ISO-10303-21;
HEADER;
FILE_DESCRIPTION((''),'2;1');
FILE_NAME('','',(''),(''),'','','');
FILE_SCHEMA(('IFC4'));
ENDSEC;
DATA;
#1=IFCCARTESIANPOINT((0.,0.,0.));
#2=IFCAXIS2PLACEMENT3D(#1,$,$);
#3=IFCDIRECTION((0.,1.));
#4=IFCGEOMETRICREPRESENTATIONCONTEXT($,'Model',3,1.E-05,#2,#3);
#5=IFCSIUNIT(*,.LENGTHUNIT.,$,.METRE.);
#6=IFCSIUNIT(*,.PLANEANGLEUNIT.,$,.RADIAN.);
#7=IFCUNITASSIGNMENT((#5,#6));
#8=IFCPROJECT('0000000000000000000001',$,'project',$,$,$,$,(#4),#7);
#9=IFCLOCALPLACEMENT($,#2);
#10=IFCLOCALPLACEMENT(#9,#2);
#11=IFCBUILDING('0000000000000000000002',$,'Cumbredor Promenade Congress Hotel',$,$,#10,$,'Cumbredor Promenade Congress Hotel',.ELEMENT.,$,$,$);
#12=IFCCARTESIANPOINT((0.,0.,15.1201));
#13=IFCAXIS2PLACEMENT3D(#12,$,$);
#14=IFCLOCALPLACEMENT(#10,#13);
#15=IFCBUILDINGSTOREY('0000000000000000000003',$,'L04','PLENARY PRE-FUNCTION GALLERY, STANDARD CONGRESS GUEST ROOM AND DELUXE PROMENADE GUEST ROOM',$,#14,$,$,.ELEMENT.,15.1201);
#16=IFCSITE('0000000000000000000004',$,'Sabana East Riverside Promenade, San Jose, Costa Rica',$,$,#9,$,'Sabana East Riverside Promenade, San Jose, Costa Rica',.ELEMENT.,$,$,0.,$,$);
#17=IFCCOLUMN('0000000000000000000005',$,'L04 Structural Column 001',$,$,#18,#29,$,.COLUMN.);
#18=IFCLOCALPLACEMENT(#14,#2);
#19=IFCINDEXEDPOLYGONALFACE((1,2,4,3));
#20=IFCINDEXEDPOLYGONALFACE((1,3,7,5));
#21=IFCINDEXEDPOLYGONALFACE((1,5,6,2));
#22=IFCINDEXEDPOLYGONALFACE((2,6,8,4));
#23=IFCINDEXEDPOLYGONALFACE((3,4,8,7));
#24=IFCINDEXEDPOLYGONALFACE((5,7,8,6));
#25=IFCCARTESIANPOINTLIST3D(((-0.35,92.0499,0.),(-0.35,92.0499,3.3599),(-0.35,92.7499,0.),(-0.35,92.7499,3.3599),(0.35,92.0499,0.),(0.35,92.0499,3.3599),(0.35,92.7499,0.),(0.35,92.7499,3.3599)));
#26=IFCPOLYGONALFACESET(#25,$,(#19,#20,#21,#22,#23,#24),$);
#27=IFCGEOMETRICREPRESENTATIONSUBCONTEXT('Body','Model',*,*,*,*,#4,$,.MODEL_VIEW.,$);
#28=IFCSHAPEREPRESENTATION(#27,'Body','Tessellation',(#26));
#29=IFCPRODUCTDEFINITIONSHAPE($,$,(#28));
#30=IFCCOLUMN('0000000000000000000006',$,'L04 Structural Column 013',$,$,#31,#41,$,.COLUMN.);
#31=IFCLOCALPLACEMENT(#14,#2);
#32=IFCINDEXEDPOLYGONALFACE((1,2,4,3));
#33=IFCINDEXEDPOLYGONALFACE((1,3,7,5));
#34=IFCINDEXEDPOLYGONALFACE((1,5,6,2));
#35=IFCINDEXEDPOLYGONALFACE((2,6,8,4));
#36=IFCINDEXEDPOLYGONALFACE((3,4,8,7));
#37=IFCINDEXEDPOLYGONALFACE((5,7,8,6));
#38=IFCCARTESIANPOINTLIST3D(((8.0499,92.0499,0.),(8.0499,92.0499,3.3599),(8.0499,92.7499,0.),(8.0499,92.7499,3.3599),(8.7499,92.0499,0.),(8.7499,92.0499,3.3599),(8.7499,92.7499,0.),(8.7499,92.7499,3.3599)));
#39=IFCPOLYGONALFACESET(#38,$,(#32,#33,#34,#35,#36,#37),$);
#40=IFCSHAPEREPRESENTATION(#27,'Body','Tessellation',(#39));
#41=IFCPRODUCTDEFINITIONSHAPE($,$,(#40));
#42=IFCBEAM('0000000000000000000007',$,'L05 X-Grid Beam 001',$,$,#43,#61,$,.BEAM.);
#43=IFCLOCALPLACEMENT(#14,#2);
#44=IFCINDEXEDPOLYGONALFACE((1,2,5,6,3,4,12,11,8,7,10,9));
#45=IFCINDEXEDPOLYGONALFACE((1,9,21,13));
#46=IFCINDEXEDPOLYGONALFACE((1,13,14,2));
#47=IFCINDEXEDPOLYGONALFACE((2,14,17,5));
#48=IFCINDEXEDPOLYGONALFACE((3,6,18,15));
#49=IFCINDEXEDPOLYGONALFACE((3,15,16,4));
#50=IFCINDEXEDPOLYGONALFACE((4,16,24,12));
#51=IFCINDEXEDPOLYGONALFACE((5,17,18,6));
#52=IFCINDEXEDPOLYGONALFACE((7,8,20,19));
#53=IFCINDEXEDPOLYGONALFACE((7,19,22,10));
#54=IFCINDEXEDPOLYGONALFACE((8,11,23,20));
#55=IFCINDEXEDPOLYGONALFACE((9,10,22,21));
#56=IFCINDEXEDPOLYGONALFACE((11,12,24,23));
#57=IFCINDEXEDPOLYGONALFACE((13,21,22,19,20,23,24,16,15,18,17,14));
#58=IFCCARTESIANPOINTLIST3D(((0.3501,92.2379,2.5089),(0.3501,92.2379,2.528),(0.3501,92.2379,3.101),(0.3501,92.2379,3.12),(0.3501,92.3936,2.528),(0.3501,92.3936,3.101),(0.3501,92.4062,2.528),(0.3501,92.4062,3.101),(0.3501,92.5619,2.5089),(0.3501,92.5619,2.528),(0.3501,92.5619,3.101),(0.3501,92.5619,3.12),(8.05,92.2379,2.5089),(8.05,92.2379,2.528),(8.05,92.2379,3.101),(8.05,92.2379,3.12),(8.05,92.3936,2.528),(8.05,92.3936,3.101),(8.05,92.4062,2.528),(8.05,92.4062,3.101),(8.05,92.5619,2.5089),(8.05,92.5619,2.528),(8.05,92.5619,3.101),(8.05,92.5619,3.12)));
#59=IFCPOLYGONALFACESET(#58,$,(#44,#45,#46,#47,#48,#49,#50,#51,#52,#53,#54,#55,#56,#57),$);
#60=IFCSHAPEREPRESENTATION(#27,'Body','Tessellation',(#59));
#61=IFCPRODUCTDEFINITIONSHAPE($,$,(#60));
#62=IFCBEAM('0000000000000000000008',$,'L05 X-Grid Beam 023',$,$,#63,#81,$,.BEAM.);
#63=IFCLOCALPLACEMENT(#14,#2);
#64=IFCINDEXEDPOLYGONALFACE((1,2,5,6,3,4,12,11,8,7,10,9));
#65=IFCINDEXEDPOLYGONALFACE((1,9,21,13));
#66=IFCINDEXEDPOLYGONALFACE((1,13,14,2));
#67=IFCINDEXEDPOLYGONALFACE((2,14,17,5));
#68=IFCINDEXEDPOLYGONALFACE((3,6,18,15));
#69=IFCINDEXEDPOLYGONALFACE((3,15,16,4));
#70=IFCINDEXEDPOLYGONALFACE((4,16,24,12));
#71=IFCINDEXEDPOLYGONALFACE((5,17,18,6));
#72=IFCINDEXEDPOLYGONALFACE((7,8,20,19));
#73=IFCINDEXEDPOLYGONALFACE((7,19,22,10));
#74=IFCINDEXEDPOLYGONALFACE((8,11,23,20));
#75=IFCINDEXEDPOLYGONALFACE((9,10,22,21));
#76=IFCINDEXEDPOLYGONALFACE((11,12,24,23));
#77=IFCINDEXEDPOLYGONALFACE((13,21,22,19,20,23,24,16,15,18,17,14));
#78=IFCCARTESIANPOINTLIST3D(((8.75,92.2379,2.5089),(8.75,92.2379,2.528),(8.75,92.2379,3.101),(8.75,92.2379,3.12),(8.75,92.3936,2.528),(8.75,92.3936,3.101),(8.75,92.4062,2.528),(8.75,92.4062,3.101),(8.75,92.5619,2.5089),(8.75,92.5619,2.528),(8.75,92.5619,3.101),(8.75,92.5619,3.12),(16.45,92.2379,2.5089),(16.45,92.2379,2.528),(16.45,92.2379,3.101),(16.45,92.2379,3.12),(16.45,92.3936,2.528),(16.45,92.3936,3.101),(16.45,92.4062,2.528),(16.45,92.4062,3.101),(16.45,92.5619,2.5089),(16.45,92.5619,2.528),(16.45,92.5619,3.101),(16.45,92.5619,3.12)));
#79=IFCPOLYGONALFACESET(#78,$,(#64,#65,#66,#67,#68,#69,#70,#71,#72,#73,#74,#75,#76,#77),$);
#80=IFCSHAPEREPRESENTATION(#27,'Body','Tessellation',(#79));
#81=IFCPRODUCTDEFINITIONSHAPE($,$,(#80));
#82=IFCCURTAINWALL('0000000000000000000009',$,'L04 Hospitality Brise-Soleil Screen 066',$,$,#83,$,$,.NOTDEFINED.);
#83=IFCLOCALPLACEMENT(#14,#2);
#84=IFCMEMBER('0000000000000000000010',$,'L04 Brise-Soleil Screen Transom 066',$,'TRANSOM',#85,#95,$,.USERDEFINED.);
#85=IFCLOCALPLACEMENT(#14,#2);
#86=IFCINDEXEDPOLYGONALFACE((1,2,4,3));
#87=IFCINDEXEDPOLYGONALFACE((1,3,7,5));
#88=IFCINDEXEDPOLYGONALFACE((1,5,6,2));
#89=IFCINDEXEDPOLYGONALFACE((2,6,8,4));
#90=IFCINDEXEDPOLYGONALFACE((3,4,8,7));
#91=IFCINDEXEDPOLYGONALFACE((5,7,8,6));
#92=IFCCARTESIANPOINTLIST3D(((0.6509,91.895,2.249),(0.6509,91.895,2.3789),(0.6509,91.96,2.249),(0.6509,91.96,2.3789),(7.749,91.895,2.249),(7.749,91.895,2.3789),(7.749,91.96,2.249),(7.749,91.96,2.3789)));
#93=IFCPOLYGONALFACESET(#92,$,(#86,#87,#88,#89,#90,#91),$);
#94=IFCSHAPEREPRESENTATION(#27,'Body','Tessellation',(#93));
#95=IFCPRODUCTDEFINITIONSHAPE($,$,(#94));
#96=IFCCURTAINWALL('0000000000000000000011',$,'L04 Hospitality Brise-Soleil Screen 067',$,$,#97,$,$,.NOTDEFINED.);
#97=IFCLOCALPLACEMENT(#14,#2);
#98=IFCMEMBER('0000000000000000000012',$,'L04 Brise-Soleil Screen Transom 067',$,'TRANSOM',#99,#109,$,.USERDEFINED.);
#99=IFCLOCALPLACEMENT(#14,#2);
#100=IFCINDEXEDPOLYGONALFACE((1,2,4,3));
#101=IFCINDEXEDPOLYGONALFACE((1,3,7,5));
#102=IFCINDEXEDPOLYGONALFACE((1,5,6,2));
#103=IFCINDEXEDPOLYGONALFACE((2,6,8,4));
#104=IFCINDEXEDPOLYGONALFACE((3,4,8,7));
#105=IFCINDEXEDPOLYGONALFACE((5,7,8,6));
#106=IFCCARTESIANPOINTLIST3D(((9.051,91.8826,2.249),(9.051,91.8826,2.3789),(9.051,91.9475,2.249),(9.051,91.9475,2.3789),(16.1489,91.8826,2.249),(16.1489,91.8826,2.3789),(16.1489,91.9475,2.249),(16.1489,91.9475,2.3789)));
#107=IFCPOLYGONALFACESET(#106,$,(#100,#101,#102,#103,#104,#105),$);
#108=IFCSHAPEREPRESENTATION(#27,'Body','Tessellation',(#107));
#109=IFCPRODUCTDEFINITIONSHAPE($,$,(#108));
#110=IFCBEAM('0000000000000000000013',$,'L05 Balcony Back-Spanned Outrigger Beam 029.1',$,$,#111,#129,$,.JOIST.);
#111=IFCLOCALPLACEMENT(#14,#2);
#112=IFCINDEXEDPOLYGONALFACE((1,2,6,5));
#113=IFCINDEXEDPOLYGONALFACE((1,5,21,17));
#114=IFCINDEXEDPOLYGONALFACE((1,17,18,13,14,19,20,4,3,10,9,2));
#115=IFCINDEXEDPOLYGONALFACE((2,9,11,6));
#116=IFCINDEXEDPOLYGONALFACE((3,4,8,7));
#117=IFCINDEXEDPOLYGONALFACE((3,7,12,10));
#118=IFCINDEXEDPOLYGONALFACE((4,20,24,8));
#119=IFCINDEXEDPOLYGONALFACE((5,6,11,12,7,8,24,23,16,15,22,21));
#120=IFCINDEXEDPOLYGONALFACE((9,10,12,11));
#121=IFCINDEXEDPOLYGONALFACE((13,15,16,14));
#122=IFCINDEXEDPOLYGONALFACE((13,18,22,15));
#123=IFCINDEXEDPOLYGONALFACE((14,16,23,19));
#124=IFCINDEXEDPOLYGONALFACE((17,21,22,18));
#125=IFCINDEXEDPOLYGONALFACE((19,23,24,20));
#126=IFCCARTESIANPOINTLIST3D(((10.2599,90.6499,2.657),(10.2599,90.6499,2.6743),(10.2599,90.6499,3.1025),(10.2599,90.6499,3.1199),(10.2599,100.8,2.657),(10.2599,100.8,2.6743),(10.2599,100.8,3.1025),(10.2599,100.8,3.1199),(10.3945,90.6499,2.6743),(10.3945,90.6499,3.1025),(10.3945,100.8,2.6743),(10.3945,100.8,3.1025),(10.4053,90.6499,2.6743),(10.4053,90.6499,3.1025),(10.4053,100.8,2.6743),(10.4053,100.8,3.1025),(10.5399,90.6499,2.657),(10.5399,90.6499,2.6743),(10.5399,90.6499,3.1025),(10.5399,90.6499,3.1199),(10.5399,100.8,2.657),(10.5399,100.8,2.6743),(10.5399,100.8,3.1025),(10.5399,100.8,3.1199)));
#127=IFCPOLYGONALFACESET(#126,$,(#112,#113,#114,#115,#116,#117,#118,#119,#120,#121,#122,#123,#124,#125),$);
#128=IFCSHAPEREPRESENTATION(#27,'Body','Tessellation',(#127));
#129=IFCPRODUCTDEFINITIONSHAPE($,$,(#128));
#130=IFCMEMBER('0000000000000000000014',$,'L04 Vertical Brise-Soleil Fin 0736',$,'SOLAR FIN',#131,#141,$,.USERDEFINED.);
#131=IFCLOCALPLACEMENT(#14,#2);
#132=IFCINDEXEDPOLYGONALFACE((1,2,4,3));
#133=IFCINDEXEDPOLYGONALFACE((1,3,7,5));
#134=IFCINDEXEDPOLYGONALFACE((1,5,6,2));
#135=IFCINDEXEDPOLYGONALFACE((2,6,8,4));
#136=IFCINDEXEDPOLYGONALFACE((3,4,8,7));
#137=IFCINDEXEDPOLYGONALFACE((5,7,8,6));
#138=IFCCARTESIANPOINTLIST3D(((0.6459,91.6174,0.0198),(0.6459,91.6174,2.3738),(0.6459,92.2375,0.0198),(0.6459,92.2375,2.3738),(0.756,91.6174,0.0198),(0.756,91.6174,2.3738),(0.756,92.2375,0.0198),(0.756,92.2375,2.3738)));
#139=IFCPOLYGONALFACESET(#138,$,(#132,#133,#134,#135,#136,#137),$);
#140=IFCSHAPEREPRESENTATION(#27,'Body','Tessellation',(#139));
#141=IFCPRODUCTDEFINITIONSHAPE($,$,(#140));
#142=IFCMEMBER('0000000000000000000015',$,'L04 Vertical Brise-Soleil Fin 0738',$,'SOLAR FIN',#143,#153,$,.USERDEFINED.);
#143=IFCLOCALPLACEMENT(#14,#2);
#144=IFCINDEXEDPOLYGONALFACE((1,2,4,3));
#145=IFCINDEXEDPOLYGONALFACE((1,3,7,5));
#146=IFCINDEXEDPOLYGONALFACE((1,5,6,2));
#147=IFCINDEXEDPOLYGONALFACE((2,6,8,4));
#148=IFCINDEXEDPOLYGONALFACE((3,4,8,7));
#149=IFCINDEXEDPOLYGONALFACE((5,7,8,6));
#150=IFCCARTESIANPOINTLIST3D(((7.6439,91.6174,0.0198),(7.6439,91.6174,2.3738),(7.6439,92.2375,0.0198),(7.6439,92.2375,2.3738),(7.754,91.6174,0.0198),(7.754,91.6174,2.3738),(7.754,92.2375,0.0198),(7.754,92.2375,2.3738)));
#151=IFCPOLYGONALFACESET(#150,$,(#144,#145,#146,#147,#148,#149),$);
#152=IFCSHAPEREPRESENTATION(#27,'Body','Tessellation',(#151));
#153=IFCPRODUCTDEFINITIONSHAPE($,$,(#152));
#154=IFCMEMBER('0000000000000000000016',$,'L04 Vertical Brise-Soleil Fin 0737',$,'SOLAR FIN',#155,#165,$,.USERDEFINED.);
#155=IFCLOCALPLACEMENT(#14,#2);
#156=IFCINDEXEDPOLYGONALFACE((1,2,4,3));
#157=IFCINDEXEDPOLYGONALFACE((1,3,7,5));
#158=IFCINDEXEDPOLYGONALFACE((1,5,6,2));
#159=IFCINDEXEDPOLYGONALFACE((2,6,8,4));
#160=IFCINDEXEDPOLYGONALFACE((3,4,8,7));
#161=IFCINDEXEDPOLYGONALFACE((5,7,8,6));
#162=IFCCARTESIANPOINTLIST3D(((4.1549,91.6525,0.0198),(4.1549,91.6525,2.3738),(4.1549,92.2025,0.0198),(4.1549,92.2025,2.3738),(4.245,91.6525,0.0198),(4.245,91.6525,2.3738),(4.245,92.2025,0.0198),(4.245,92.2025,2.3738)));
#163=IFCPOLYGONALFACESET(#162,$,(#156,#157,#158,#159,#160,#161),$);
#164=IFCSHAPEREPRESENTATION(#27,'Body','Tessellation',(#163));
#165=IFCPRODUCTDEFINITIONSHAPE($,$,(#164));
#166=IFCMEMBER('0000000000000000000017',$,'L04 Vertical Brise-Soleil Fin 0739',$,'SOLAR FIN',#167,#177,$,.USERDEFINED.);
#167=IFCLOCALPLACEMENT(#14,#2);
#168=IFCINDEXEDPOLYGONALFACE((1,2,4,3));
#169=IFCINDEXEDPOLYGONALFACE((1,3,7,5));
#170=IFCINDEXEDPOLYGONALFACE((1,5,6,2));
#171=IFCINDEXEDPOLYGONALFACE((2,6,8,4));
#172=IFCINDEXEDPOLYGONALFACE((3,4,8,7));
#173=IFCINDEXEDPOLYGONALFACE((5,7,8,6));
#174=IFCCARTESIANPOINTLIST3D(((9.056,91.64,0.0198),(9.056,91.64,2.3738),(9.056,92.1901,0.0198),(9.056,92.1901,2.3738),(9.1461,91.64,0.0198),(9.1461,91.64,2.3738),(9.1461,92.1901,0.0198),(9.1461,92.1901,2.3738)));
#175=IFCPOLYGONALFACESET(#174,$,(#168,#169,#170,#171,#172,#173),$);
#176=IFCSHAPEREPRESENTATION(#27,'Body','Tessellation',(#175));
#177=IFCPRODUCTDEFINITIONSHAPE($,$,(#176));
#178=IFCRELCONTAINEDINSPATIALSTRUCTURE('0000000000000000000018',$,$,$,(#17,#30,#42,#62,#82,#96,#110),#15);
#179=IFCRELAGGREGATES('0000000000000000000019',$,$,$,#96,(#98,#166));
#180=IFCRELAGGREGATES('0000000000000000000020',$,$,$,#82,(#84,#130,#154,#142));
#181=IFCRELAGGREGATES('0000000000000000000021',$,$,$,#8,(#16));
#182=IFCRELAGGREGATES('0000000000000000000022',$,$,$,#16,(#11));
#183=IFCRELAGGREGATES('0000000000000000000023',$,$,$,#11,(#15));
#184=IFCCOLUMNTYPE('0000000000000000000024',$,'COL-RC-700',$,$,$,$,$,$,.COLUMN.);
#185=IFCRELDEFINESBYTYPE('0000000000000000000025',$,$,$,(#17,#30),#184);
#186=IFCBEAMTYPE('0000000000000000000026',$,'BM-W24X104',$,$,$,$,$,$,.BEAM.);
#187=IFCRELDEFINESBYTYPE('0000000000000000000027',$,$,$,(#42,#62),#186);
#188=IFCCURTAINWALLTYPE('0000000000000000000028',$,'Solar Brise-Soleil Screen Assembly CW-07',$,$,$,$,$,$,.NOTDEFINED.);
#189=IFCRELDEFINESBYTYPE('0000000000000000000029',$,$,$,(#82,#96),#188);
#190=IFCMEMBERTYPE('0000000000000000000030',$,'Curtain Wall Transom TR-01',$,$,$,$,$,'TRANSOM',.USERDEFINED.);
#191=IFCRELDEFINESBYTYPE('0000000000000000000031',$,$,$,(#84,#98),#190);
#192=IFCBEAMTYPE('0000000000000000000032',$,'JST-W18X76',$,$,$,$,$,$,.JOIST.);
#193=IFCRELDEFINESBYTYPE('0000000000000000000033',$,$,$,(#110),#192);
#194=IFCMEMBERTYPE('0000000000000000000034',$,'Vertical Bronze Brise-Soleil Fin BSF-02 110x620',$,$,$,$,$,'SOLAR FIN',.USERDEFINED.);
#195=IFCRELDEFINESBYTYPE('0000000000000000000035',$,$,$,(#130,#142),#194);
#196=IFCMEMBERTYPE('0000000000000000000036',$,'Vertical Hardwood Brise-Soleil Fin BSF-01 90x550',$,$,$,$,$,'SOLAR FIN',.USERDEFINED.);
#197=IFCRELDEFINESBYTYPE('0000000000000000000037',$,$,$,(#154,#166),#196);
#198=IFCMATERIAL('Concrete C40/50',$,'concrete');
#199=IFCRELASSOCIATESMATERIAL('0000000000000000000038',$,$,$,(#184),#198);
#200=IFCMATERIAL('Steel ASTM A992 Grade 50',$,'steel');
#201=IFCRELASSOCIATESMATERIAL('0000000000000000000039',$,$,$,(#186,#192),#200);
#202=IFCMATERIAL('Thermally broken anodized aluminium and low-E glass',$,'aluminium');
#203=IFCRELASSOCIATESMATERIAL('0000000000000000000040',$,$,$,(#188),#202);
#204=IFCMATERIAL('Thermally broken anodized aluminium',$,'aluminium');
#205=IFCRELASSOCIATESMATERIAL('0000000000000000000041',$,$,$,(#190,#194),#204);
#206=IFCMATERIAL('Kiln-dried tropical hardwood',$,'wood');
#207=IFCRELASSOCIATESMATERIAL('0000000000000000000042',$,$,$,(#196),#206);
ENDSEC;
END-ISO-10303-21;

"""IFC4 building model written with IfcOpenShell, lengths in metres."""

from ifc_helpers import new_model, si_unit, direction, frame, origin, origin_2d, place, context, subcontext, project, spatial, rectangle, i_section, extrude, material, material_profile, profile_set, type_object, element, aggregate, save


model = new_model("IFC4")

# Units and contexts
model_context = context("Model", 3, precision=1e-05, world=origin(), true_north=direction((0.0, 1.0)))
body_context = subcontext(model_context, "Body", "Model", "MODEL_VIEW")
ifc_project = project(units=[si_unit("LENGTHUNIT", "METRE"), si_unit("PLANEANGLEUNIT", "RADIAN")], contexts=[model_context])

# Site, building, storey
site_placement = place(None, origin())
site = spatial("IfcSite", under=ifc_project, at=site_placement, Name="Sabana East Riverside Promenade, San Jose, Costa Rica", LongName="Sabana East Riverside Promenade, San Jose, Costa Rica", CompositionType="ELEMENT", RefElevation=0.0)
building_placement = place(site_placement, origin())
building = spatial("IfcBuilding", under=site, at=building_placement, Name="Cumbredor Promenade Congress Hotel", LongName="Cumbredor Promenade Congress Hotel", CompositionType="ELEMENT")
storey_placement = place(building_placement, frame((0.0, 0.0, 15.1201)))
storey = spatial("IfcBuildingStorey", under=building, at=storey_placement, Name="L04", Description="PLENARY PRE-FUNCTION GALLERY, STANDARD CONGRESS GUEST ROOM AND DELUXE PROMENADE GUEST ROOM", CompositionType="ELEMENT", Elevation=15.1201)

# Columns
ifc_material_1 = material(Name="Concrete C40/50", Category="concrete")
ifc_material_profile_1 = material_profile(ifc_material_1, rectangle(XDim=0.7, YDim=0.7, at=origin_2d()), Name="RC 700x700")
ifc_profile_set_1 = profile_set([ifc_material_profile_1], Name="Concrete C40/50")
column_type = type_object("IfcColumnType", Name="COL-RC-700", PredefinedType="COLUMN", material=ifc_profile_set_1)
for number, where, z_axis, x_axis, name in (
    (1, (0.0, 92.3999, 0.0), (0.0, 0.0, 1.0), (1.0, 0.0, 0.0), "L04 Structural Column 001"),
    (2, (8.3999, 92.3999, 0.0), (0.0, 0.0, 1.0), (1.0, 0.0, 0.0), "L04 Structural Column 013"),
):
    element("IfcColumn", number, at=place(storey_placement, frame(where, z_axis=z_axis, x_axis=x_axis)), inside=storey, type_object=column_type, Name=name, PredefinedType="COLUMN", context=body_context, shape_type="SweptSolid", body=[
        extrude(rectangle(XDim=0.7, YDim=0.7, at=origin_2d()), origin(), (0.0, 0.0, 1.0), 3.3599),
    ])

# Beams
ifc_material_2 = material(Name="Steel ASTM A992 Grade 50", Category="steel")
ifc_material_profile_2 = material_profile(ifc_material_2, i_section(OverallWidth=0.324, OverallDepth=0.6111, WebThickness=0.0127, FlangeThickness=0.019, at=origin_2d()), Name="W24X104")
ifc_profile_set_2 = profile_set([ifc_material_profile_2], Name="Steel ASTM A992 Grade 50")
beam_type_1 = type_object("IfcBeamType", Name="BM-W24X104", PredefinedType="BEAM", material=ifc_profile_set_2)
for number, where, z_axis, x_axis, name in (
    (3, (0.3501, 92.3999, 2.8145), (1.0, 0.0, 0.0), (0.0, 1.0, 0.0), "L05 X-Grid Beam 001"),
    (4, (8.75, 92.3999, 2.8145), (1.0, 0.0, 0.0), (0.0, 1.0, 0.0), "L05 X-Grid Beam 023"),
):
    element("IfcBeam", number, at=place(storey_placement, frame(where, z_axis=z_axis, x_axis=x_axis)), inside=storey, type_object=beam_type_1, Name=name, PredefinedType="BEAM", context=body_context, shape_type="SweptSolid", body=[
        extrude(i_section(OverallWidth=0.324, OverallDepth=0.6111, WebThickness=0.0127, FlangeThickness=0.019, at=origin_2d()), origin(), (0.0, 0.0, 1.0), 7.7),
    ])

# Curtain walls, members
ifc_material_3 = material(Name="Thermally broken anodized aluminium and low-E glass", Category="aluminium")
curtain_wall_type = type_object("IfcCurtainWallType", Name="Solar Brise-Soleil Screen Assembly CW-07", PredefinedType="NOTDEFINED", material=ifc_material_3)
curtain_wall_1_placement = place(storey_placement, origin())
curtain_wall_1 = element("IfcCurtainWall", 5, at=curtain_wall_1_placement, inside=storey, type_object=curtain_wall_type, Name="L04 Hospitality Brise-Soleil Screen 066", PredefinedType="NOTDEFINED")
ifc_material_4 = material(Name="Thermally broken anodized aluminium", Category="aluminium")
ifc_material_profile_3 = material_profile(ifc_material_4, rectangle(XDim=0.0649, YDim=0.1299, at=origin_2d()), Name="ALU TRANSOM 65x130")
ifc_profile_set_3 = profile_set([ifc_material_profile_3], Name="Thermally broken anodized aluminium")
member_type_1 = type_object("IfcMemberType", Name="Curtain Wall Transom TR-01", ElementType="TRANSOM", PredefinedType="USERDEFINED", material=ifc_profile_set_3)
member_1_placement = place(storey_placement, frame((0.6509, 91.9275, 2.314), z_axis=(1.0, 0.0, 0.0), x_axis=(0.0, 1.0, 0.0)))
member_1 = element("IfcMember", 6, at=member_1_placement, type_object=member_type_1, Name="L04 Brise-Soleil Screen Transom 066", ObjectType="TRANSOM", PredefinedType="USERDEFINED", context=body_context, shape_type="SweptSolid", body=[
    extrude(rectangle(XDim=0.0649, YDim=0.1299, at=origin_2d()), origin(), (0.0, 0.0, 1.0), 7.0981),
])
curtain_wall_2_placement = place(storey_placement, origin())
curtain_wall_2 = element("IfcCurtainWall", 7, at=curtain_wall_2_placement, inside=storey, type_object=curtain_wall_type, Name="L04 Hospitality Brise-Soleil Screen 067", PredefinedType="NOTDEFINED")
member_2_placement = place(storey_placement, frame((9.051, 91.915, 2.314), z_axis=(1.0, 0.0, 0.0), x_axis=(0.0, 1.0, 0.0)))
member_2 = element("IfcMember", 8, at=member_2_placement, type_object=member_type_1, Name="L04 Brise-Soleil Screen Transom 067", ObjectType="TRANSOM", PredefinedType="USERDEFINED", context=body_context, shape_type="SweptSolid", body=[
    extrude(rectangle(XDim=0.0649, YDim=0.1299, at=origin_2d()), origin(), (0.0, 0.0, 1.0), 7.0979),
])

# Beam
ifc_material_profile_4 = material_profile(ifc_material_2, i_section(OverallWidth=0.28, OverallDepth=0.4629, WebThickness=0.0107, FlangeThickness=0.0173, at=origin_2d()), Name="W18X76")
ifc_profile_set_4 = profile_set([ifc_material_profile_4], Name="Steel ASTM A992 Grade 50")
beam_type_2 = type_object("IfcBeamType", Name="JST-W18X76", PredefinedType="JOIST", material=ifc_profile_set_4)
beam_placement = place(storey_placement, frame((10.3999, 90.6499, 2.8884), z_axis=(0.0, 1.0, 0.0), x_axis=(-1.0, 0.0, 0.0)))
element("IfcBeam", 9, at=beam_placement, inside=storey, type_object=beam_type_2, Name="L05 Balcony Back-Spanned Outrigger Beam 029.1", PredefinedType="JOIST", context=body_context, shape_type="SweptSolid", body=[
    extrude(i_section(OverallWidth=0.28, OverallDepth=0.4629, WebThickness=0.0107, FlangeThickness=0.0173, at=origin_2d()), origin(), (0.0, 0.0, 1.0), 10.1501),
])

# Members
ifc_material_profile_5 = material_profile(ifc_material_4, rectangle(XDim=0.1101, YDim=0.6201, at=origin_2d()), Name="ARCH FIN 110x620")
ifc_profile_set_5 = profile_set([ifc_material_profile_5], Name="Thermally broken anodized aluminium")
member_type_2 = type_object("IfcMemberType", Name="Vertical Bronze Brise-Soleil Fin BSF-02 110x620", ElementType="SOLAR FIN", PredefinedType="USERDEFINED", material=ifc_profile_set_5)
member_3_placement = place(storey_placement, frame((0.7009, 91.9275, 0.0198), z_axis=(0.0, 0.0, 1.0), x_axis=(1.0, 0.0, 0.0)))
member_3 = element("IfcMember", 10, at=member_3_placement, type_object=member_type_2, Name="L04 Vertical Brise-Soleil Fin 0736", ObjectType="SOLAR FIN", PredefinedType="USERDEFINED", context=body_context, shape_type="SweptSolid", body=[
    extrude(rectangle(XDim=0.1101, YDim=0.6201, at=origin_2d()), origin(), (0.0, 0.0, 1.0), 2.354),
])
member_4_placement = place(storey_placement, frame((7.699, 91.9275, 0.0198), z_axis=(0.0, 0.0, 1.0), x_axis=(1.0, 0.0, 0.0)))
member_4 = element("IfcMember", 11, at=member_4_placement, type_object=member_type_2, Name="L04 Vertical Brise-Soleil Fin 0738", ObjectType="SOLAR FIN", PredefinedType="USERDEFINED", context=body_context, shape_type="SweptSolid", body=[
    extrude(rectangle(XDim=0.1101, YDim=0.6201, at=origin_2d()), origin(), (0.0, 0.0, 1.0), 2.354),
])
ifc_material_5 = material(Name="Kiln-dried tropical hardwood", Category="wood")
ifc_material_profile_6 = material_profile(ifc_material_5, rectangle(XDim=0.0901, YDim=0.55, at=origin_2d()), Name="ARCH FIN 90x550")
ifc_profile_set_6 = profile_set([ifc_material_profile_6], Name="Kiln-dried tropical hardwood")
member_type_3 = type_object("IfcMemberType", Name="Vertical Hardwood Brise-Soleil Fin BSF-01 90x550", ElementType="SOLAR FIN", PredefinedType="USERDEFINED", material=ifc_profile_set_6)
member_5_placement = place(storey_placement, frame((4.2, 91.9275, 0.0198), z_axis=(0.0, 0.0, 1.0), x_axis=(1.0, 0.0, 0.0)))
member_5 = element("IfcMember", 12, at=member_5_placement, type_object=member_type_3, Name="L04 Vertical Brise-Soleil Fin 0737", ObjectType="SOLAR FIN", PredefinedType="USERDEFINED", context=body_context, shape_type="SweptSolid", body=[
    extrude(rectangle(XDim=0.0901, YDim=0.55, at=origin_2d()), origin(), (0.0, 0.0, 1.0), 2.354),
])
member_6_placement = place(storey_placement, frame((9.1011, 91.915, 0.0198), z_axis=(0.0, 0.0, 1.0), x_axis=(1.0, 0.0, 0.0)))
member_6 = element("IfcMember", 13, at=member_6_placement, type_object=member_type_3, Name="L04 Vertical Brise-Soleil Fin 0739", ObjectType="SOLAR FIN", PredefinedType="USERDEFINED", context=body_context, shape_type="SweptSolid", body=[
    extrude(rectangle(XDim=0.0901, YDim=0.55, at=origin_2d()), origin(), (0.0, 0.0, 1.0), 2.354),
])
aggregate(curtain_wall_2, [member_2, member_6])

aggregate(curtain_wall_1, [member_1, member_3, member_5, member_4])

save(model, "model.ifc")
